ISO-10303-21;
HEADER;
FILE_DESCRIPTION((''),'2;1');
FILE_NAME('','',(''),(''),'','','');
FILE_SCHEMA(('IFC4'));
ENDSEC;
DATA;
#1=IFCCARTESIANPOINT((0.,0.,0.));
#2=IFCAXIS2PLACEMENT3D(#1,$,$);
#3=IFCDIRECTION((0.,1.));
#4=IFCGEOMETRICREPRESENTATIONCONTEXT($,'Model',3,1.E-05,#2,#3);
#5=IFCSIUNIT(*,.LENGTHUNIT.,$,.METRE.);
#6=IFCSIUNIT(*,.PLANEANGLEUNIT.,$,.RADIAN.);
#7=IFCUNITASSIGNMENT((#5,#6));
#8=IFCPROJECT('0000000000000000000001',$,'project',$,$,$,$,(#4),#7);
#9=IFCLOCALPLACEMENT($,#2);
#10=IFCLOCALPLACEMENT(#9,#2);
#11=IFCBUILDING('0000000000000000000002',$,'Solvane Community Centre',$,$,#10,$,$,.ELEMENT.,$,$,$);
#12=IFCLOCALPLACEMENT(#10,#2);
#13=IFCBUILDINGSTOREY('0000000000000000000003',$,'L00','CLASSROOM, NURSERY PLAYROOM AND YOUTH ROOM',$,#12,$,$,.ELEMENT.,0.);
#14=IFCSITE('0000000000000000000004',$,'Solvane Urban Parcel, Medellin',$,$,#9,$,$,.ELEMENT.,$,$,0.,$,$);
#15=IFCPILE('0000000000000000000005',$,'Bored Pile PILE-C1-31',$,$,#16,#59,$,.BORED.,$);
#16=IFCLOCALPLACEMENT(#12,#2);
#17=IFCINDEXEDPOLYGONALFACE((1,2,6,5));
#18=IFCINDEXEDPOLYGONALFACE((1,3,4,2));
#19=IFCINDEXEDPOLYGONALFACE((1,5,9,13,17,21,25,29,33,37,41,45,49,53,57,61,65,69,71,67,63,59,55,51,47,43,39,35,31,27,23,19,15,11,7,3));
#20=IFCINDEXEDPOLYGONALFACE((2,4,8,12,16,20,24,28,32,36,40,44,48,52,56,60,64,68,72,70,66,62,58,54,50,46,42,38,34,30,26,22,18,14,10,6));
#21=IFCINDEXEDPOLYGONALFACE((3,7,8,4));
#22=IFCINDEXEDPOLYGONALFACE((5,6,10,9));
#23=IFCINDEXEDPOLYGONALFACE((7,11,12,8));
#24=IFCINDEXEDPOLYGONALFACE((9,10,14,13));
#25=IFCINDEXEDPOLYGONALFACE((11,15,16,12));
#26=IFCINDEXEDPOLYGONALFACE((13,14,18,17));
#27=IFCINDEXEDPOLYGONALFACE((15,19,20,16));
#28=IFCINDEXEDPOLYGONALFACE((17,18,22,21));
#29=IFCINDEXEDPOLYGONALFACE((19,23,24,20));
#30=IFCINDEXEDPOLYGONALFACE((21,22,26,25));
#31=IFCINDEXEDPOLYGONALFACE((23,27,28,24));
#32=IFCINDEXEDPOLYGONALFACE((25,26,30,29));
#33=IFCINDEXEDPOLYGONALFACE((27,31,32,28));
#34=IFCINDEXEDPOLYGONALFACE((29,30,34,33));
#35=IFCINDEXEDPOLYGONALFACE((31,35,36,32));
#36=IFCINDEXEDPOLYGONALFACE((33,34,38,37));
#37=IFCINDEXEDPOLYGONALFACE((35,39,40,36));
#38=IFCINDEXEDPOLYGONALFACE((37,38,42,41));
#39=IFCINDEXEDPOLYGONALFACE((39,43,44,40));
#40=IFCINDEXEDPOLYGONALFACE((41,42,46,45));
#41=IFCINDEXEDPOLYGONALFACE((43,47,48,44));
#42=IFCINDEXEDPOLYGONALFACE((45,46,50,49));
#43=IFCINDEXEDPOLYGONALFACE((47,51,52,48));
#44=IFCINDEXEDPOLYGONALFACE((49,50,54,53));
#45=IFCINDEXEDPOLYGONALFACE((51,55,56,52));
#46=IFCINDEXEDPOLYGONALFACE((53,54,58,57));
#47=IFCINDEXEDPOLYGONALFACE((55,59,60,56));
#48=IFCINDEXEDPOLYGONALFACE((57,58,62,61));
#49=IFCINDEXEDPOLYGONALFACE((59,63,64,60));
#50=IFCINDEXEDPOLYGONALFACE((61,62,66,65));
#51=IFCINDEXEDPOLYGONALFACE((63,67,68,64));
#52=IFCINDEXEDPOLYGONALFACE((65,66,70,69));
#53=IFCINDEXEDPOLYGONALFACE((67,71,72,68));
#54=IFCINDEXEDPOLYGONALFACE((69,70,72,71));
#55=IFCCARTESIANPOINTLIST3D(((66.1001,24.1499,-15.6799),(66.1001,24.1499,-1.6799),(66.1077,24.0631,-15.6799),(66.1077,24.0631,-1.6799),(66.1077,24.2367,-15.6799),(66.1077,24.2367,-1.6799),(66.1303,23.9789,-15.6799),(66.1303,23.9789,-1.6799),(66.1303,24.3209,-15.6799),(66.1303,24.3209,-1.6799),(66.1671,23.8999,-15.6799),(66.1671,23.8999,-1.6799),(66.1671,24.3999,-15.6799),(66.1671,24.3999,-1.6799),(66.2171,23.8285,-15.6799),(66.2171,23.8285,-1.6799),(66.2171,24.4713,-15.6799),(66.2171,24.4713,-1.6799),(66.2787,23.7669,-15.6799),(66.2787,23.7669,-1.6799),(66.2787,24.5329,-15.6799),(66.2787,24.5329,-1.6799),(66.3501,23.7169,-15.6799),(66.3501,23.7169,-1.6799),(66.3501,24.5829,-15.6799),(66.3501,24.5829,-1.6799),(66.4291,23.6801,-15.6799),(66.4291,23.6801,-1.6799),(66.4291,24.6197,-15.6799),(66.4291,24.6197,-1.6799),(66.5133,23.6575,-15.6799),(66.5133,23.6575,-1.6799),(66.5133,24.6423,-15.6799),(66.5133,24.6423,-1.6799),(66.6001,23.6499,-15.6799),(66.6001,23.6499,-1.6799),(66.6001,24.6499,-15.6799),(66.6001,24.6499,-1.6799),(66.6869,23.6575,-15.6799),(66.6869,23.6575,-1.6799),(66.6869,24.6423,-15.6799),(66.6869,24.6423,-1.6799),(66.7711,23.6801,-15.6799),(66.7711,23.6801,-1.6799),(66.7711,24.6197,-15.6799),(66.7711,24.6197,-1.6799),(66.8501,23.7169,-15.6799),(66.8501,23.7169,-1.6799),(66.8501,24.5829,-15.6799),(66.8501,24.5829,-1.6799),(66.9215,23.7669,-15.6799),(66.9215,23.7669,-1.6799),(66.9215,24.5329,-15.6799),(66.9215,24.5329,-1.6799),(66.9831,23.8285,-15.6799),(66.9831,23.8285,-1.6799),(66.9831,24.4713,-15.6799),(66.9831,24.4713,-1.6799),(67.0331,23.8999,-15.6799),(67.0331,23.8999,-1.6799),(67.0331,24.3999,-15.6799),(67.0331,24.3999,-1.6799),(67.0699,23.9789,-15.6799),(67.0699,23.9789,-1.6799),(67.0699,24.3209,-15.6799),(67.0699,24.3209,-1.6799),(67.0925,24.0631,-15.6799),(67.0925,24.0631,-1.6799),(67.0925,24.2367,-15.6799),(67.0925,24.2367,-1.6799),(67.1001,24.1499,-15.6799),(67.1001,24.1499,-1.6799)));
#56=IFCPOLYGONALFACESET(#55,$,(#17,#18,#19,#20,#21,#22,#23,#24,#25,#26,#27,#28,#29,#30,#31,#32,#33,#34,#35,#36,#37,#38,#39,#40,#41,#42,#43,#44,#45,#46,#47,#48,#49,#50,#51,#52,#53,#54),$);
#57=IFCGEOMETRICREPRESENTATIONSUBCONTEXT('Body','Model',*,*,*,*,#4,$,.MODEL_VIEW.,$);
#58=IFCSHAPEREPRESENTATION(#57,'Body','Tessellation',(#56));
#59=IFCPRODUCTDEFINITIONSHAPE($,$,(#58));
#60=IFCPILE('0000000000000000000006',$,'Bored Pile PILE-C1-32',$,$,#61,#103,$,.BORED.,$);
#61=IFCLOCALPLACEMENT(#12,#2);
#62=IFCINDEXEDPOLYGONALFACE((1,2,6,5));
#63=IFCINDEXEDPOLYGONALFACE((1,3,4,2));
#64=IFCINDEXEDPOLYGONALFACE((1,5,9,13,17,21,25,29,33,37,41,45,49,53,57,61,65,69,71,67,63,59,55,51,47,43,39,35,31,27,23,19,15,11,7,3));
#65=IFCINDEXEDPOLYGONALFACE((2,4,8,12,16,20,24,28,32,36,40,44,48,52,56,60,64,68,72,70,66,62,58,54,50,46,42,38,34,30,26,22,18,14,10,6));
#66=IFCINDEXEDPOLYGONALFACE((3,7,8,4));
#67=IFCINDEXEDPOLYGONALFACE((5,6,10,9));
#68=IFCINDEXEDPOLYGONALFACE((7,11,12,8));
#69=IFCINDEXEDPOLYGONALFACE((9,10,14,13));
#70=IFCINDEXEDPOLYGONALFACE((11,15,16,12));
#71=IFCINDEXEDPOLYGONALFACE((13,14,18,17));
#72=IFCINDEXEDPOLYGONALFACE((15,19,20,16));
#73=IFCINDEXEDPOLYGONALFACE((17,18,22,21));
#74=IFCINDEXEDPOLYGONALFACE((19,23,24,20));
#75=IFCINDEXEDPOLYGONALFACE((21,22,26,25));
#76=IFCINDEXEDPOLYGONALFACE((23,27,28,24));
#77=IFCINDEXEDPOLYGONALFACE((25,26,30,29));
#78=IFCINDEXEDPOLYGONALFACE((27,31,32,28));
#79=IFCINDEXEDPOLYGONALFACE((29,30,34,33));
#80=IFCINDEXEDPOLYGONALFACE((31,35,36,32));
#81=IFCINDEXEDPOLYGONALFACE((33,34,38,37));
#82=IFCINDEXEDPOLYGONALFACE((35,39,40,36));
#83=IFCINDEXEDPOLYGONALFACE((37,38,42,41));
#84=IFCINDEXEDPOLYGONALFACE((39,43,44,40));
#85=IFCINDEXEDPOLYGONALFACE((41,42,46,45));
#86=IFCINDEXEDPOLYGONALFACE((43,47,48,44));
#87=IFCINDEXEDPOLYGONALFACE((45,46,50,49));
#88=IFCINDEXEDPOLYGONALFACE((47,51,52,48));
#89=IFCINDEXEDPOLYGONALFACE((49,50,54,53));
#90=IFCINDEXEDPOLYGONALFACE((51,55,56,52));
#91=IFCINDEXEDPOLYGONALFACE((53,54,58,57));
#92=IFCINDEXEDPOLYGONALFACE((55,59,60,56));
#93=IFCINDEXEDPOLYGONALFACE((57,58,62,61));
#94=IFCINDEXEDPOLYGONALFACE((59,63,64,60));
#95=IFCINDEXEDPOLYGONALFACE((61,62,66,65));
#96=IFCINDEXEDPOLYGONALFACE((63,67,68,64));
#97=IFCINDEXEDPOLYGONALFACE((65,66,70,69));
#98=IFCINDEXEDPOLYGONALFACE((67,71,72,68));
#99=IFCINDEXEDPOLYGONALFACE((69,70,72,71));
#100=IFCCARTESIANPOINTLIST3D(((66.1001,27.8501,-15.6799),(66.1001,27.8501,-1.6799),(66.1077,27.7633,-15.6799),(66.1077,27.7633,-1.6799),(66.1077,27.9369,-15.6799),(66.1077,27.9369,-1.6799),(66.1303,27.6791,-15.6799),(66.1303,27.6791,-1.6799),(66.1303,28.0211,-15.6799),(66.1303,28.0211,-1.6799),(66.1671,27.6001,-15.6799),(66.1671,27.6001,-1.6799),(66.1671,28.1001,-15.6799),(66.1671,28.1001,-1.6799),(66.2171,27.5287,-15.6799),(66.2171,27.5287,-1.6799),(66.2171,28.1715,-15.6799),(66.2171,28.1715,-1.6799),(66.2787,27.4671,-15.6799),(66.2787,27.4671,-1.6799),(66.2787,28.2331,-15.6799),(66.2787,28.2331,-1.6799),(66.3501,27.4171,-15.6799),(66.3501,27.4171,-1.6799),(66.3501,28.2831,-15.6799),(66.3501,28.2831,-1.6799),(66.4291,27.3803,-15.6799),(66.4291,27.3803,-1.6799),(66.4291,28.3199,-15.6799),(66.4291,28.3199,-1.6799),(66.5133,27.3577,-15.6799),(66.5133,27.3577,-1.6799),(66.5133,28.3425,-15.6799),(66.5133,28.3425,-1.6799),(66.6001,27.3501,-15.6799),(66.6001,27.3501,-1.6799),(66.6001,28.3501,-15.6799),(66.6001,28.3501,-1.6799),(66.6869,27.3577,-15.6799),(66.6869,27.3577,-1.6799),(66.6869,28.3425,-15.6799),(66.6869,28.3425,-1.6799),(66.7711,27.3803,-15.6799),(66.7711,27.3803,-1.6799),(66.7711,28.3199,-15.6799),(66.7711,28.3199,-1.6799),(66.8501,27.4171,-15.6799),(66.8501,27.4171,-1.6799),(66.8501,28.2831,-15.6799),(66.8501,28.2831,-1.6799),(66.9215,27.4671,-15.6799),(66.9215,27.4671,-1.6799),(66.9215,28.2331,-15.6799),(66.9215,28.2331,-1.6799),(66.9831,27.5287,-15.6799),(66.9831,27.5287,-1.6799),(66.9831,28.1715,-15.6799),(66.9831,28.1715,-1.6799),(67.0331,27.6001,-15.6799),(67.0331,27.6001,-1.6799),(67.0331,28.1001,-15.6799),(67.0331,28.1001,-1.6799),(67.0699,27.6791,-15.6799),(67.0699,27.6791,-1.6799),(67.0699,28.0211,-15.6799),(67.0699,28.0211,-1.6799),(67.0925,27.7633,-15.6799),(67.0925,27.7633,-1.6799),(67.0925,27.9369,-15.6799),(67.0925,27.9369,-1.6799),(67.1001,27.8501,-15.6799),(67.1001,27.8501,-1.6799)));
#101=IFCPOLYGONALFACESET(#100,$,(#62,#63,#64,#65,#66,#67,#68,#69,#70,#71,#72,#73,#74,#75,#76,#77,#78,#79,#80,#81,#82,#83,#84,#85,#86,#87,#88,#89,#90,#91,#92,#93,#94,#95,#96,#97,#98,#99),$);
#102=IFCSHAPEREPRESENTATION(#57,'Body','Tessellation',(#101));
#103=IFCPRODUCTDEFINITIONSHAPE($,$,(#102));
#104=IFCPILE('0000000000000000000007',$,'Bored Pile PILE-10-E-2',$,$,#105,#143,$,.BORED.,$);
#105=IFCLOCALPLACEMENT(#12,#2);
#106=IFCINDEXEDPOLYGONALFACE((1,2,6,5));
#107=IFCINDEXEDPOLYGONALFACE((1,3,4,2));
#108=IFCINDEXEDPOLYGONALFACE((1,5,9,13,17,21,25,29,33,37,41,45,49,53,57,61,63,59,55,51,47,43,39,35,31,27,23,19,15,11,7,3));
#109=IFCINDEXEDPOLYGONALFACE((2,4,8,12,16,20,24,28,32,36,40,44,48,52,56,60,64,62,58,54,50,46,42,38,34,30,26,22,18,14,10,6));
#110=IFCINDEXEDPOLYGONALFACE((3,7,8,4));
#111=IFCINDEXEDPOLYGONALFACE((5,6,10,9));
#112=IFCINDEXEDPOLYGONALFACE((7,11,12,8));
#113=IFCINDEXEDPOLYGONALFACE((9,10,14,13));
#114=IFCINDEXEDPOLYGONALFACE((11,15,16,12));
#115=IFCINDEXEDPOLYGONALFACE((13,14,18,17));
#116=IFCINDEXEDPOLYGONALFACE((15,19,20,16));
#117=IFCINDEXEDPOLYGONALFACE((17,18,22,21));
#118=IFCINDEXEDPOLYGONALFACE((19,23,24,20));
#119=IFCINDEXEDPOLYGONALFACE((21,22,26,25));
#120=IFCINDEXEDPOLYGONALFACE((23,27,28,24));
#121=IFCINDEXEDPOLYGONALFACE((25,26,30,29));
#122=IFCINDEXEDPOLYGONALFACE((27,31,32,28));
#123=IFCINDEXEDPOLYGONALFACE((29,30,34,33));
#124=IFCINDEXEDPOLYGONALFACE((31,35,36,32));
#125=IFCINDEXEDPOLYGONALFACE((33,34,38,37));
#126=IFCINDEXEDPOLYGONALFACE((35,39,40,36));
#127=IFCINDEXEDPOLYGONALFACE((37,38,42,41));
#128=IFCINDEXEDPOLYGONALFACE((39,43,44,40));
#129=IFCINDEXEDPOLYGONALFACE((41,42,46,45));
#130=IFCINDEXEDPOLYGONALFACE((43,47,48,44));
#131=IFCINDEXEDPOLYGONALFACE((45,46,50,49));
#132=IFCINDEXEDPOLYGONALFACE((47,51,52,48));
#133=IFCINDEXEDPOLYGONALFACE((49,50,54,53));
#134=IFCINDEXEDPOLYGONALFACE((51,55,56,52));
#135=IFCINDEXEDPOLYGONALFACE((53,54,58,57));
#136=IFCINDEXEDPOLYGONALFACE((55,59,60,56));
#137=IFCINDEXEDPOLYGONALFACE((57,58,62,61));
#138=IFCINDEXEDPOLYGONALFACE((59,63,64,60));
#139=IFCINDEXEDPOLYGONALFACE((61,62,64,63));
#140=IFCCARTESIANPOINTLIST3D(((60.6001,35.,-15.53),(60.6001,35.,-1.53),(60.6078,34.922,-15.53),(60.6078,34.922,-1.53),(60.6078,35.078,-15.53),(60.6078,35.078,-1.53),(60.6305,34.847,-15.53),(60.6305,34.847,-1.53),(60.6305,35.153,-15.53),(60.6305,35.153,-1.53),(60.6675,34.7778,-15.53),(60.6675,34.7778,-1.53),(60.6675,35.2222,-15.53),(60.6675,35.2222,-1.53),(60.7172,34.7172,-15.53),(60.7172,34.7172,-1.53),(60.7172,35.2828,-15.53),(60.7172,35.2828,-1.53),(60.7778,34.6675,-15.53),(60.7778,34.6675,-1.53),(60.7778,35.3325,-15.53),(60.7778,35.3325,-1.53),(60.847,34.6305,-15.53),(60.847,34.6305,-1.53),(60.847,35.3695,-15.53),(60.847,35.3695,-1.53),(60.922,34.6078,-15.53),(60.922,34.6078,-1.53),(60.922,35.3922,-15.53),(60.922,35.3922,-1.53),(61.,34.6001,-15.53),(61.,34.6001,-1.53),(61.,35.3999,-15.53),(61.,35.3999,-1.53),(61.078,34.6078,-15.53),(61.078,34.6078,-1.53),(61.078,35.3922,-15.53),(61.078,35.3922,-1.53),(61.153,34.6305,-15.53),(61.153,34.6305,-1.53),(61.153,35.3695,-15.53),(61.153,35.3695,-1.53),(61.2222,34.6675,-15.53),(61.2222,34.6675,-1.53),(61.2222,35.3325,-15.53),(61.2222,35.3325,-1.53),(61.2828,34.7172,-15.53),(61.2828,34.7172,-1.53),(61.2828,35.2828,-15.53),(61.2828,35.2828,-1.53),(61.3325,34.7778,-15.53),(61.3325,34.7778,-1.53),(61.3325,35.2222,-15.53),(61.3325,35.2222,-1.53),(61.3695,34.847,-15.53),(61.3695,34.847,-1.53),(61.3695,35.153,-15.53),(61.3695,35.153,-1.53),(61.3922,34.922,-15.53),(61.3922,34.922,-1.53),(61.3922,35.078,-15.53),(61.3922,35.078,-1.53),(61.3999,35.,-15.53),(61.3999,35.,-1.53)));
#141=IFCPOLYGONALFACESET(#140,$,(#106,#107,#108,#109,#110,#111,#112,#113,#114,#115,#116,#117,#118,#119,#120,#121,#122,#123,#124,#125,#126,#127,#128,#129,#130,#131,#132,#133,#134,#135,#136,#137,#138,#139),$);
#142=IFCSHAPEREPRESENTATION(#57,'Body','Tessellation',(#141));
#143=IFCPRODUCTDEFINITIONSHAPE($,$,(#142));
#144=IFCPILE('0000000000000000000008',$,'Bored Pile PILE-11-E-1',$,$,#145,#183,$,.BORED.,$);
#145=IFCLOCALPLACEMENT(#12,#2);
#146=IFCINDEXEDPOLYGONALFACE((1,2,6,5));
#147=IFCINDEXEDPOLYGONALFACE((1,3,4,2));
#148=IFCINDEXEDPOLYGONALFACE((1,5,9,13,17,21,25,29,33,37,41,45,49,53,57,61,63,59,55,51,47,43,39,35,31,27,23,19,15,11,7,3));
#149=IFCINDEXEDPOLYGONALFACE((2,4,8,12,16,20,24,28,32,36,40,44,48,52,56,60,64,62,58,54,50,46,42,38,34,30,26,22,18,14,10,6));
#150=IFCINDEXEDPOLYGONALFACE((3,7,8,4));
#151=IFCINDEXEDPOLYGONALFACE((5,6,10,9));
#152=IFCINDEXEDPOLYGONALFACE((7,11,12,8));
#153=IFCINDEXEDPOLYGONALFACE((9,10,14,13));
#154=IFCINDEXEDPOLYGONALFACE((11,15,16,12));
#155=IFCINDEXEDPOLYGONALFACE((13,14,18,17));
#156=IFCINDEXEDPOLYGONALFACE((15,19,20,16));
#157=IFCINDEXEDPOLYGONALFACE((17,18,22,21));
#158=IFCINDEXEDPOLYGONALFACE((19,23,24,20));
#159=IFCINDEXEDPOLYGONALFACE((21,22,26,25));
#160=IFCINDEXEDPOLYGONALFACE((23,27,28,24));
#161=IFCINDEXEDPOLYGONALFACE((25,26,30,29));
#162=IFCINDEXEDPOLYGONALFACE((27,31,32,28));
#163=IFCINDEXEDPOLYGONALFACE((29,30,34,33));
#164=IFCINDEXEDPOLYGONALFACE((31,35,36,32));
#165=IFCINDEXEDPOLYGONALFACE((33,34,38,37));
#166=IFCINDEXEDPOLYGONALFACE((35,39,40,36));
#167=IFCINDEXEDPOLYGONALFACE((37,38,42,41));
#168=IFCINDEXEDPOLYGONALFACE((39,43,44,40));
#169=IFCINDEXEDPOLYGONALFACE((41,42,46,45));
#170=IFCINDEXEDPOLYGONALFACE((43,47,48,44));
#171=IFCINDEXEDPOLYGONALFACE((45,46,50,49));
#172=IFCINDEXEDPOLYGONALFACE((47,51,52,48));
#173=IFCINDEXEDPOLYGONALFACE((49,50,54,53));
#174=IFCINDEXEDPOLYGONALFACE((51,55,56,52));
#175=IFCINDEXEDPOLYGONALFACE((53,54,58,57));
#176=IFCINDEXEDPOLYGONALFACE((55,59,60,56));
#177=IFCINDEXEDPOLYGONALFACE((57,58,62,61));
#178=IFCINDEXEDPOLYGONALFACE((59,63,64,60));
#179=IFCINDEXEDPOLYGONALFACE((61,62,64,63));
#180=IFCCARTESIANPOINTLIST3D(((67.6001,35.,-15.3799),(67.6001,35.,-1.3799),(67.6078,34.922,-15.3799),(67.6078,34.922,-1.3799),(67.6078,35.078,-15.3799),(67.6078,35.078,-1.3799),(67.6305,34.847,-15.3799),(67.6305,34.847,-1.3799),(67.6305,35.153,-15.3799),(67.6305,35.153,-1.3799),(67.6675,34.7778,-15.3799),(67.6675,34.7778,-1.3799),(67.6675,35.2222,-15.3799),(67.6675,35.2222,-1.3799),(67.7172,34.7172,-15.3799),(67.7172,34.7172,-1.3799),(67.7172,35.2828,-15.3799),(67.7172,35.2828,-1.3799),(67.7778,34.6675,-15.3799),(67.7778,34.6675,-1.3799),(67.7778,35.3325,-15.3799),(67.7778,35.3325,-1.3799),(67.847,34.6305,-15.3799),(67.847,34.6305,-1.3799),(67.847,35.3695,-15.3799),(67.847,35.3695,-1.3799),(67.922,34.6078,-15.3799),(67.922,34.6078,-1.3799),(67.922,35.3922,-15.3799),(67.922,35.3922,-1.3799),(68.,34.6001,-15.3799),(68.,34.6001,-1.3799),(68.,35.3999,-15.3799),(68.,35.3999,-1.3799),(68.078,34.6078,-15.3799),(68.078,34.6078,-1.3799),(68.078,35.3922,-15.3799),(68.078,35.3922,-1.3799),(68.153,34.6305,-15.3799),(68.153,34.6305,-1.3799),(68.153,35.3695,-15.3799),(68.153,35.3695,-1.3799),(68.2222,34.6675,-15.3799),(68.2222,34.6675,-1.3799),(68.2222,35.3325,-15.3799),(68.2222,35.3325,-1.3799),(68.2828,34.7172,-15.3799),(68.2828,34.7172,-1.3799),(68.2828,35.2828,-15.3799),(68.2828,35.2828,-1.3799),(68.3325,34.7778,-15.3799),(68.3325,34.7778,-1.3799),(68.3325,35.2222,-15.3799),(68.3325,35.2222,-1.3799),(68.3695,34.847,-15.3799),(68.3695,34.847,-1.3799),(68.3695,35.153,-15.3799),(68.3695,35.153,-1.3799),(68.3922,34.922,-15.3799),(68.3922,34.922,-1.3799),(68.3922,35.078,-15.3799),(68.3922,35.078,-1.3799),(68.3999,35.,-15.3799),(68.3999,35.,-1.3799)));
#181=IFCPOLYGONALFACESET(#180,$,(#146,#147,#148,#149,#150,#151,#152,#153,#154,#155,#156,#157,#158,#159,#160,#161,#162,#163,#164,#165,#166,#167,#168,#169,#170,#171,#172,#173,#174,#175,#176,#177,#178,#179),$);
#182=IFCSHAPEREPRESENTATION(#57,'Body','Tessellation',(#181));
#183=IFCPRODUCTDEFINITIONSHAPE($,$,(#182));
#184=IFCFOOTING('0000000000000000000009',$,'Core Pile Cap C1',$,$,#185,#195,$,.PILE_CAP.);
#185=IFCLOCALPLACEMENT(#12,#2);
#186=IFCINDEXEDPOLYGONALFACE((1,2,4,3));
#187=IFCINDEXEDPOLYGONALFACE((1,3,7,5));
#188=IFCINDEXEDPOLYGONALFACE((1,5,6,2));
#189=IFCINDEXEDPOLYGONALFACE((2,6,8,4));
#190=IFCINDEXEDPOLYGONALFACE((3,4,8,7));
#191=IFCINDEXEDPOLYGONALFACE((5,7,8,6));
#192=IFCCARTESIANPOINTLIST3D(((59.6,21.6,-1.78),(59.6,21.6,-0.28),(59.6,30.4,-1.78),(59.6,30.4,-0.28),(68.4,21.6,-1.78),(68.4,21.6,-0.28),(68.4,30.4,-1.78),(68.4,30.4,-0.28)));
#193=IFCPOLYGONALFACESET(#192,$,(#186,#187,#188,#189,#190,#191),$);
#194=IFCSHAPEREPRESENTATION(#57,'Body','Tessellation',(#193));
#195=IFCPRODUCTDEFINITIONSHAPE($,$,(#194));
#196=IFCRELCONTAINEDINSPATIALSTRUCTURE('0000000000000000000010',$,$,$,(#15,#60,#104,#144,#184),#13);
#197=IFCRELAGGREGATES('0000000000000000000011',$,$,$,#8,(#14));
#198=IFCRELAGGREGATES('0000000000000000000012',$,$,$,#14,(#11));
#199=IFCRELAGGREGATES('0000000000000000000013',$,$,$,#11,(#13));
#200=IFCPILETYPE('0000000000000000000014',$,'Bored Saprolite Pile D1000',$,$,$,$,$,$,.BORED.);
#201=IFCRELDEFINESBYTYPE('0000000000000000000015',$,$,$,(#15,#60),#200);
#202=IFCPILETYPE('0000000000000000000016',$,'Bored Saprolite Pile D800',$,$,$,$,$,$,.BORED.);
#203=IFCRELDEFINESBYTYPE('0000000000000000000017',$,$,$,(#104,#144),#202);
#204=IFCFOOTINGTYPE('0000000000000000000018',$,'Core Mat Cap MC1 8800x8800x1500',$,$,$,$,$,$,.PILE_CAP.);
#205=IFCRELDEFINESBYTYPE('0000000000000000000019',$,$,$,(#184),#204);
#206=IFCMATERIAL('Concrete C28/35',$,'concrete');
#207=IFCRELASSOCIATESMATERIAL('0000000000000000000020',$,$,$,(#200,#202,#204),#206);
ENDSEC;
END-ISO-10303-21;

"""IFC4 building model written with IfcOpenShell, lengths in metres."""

from ifc_helpers import new_model, si_unit, direction, frame, origin, origin_2d, place, context, subcontext, project, spatial, rectangle, circle, extrude, material, material_profile, profile_set, type_object, element, save


model = new_model("IFC4")

# Units and contexts
model_context = context("Model", 3, precision=1e-05, world=origin(), true_north=direction((0.0, 1.0)))
body_context = subcontext(model_context, "Body", "Model", "MODEL_VIEW")
ifc_project = project(units=[si_unit("LENGTHUNIT", "METRE"), si_unit("PLANEANGLEUNIT", "RADIAN")], contexts=[model_context])

# Site, building, storey
site_placement = place(None, origin())
site = spatial("IfcSite", under=ifc_project, at=site_placement, Name="Solvane Urban Parcel, Medellin", CompositionType="ELEMENT", RefElevation=0.0)
building_placement = place(site_placement, origin())
building = spatial("IfcBuilding", under=site, at=building_placement, Name="Solvane Community Centre", CompositionType="ELEMENT")
storey_placement = place(building_placement, origin())
storey = spatial("IfcBuildingStorey", under=building, at=storey_placement, Name="L00", Description="CLASSROOM, NURSERY PLAYROOM AND YOUTH ROOM", CompositionType="ELEMENT", Elevation=0.0)

# Piles
ifc_material_1 = material(Name="Concrete C28/35", Category="concrete")
ifc_material_profile_1 = material_profile(ifc_material_1, circle(Radius=0.5, at=origin_2d()), Name="PILE D1000")
ifc_profile_set_1 = profile_set([ifc_material_profile_1], Name="Concrete C28/35")
pile_type_1 = type_object("IfcPileType", Name="Bored Saprolite Pile D1000", PredefinedType="BORED", material=ifc_profile_set_1)
for number, where, z_axis, x_axis, name in (
    (1, (66.6001, 24.1499, -1.6799), (0.0, 0.0, -1.0), (1.0, 0.0, 0.0), "Bored Pile PILE-C1-31"),
    (2, (66.6001, 27.8501, -1.6799), (0.0, 0.0, -1.0), (1.0, 0.0, 0.0), "Bored Pile PILE-C1-32"),
):
    element("IfcPile", number, at=place(storey_placement, frame(where, z_axis=z_axis, x_axis=x_axis)), inside=storey, type_object=pile_type_1, Name=name, PredefinedType="BORED", context=body_context, shape_type="SweptSolid", body=[
        extrude(circle(Radius=0.5, at=origin_2d()), origin(), (0.0, 0.0, 1.0), 14.0),
    ])
ifc_material_profile_2 = material_profile(ifc_material_1, circle(Radius=0.3999, at=origin_2d()), Name="PILE D800")
ifc_profile_set_2 = profile_set([ifc_material_profile_2], Name="Concrete C28/35")
pile_type_2 = type_object("IfcPileType", Name="Bored Saprolite Pile D800", PredefinedType="BORED", material=ifc_profile_set_2)
for number, where, z_axis, x_axis, name in (
    (3, (61.0, 35.0, -1.53), (0.0, 0.0, -1.0), (1.0, 0.0, 0.0), "Bored Pile PILE-10-E-2"),
    (4, (68.0, 35.0, -1.3799), (0.0, 0.0, -1.0), (1.0, 0.0, 0.0), "Bored Pile PILE-11-E-1"),
):
    element("IfcPile", number, at=place(storey_placement, frame(where, z_axis=z_axis, x_axis=x_axis)), inside=storey, type_object=pile_type_2, Name=name, PredefinedType="BORED", context=body_context, shape_type="SweptSolid", body=[
        extrude(circle(Radius=0.3999, at=origin_2d()), origin(), (0.0, 0.0, 1.0), 14.0),
    ])

# Footing
footing_type = type_object("IfcFootingType", Name="Core Mat Cap MC1 8800x8800x1500", PredefinedType="PILE_CAP", material=ifc_material_1)
footing_placement = place(storey_placement, frame((64.0, 26.0, -1.78), z_axis=(0.0, 0.0, 1.0), x_axis=(1.0, 0.0, 0.0)))
element("IfcFooting", 5, at=footing_placement, inside=storey, type_object=footing_type, Name="Core Pile Cap C1", PredefinedType="PILE_CAP", context=body_context, shape_type="SweptSolid", body=[
    extrude(rectangle(XDim=8.8, YDim=8.8, at=origin_2d()), origin(), (0.0, 0.0, 1.0), 1.5),
])

save(model, "model.ifc")
